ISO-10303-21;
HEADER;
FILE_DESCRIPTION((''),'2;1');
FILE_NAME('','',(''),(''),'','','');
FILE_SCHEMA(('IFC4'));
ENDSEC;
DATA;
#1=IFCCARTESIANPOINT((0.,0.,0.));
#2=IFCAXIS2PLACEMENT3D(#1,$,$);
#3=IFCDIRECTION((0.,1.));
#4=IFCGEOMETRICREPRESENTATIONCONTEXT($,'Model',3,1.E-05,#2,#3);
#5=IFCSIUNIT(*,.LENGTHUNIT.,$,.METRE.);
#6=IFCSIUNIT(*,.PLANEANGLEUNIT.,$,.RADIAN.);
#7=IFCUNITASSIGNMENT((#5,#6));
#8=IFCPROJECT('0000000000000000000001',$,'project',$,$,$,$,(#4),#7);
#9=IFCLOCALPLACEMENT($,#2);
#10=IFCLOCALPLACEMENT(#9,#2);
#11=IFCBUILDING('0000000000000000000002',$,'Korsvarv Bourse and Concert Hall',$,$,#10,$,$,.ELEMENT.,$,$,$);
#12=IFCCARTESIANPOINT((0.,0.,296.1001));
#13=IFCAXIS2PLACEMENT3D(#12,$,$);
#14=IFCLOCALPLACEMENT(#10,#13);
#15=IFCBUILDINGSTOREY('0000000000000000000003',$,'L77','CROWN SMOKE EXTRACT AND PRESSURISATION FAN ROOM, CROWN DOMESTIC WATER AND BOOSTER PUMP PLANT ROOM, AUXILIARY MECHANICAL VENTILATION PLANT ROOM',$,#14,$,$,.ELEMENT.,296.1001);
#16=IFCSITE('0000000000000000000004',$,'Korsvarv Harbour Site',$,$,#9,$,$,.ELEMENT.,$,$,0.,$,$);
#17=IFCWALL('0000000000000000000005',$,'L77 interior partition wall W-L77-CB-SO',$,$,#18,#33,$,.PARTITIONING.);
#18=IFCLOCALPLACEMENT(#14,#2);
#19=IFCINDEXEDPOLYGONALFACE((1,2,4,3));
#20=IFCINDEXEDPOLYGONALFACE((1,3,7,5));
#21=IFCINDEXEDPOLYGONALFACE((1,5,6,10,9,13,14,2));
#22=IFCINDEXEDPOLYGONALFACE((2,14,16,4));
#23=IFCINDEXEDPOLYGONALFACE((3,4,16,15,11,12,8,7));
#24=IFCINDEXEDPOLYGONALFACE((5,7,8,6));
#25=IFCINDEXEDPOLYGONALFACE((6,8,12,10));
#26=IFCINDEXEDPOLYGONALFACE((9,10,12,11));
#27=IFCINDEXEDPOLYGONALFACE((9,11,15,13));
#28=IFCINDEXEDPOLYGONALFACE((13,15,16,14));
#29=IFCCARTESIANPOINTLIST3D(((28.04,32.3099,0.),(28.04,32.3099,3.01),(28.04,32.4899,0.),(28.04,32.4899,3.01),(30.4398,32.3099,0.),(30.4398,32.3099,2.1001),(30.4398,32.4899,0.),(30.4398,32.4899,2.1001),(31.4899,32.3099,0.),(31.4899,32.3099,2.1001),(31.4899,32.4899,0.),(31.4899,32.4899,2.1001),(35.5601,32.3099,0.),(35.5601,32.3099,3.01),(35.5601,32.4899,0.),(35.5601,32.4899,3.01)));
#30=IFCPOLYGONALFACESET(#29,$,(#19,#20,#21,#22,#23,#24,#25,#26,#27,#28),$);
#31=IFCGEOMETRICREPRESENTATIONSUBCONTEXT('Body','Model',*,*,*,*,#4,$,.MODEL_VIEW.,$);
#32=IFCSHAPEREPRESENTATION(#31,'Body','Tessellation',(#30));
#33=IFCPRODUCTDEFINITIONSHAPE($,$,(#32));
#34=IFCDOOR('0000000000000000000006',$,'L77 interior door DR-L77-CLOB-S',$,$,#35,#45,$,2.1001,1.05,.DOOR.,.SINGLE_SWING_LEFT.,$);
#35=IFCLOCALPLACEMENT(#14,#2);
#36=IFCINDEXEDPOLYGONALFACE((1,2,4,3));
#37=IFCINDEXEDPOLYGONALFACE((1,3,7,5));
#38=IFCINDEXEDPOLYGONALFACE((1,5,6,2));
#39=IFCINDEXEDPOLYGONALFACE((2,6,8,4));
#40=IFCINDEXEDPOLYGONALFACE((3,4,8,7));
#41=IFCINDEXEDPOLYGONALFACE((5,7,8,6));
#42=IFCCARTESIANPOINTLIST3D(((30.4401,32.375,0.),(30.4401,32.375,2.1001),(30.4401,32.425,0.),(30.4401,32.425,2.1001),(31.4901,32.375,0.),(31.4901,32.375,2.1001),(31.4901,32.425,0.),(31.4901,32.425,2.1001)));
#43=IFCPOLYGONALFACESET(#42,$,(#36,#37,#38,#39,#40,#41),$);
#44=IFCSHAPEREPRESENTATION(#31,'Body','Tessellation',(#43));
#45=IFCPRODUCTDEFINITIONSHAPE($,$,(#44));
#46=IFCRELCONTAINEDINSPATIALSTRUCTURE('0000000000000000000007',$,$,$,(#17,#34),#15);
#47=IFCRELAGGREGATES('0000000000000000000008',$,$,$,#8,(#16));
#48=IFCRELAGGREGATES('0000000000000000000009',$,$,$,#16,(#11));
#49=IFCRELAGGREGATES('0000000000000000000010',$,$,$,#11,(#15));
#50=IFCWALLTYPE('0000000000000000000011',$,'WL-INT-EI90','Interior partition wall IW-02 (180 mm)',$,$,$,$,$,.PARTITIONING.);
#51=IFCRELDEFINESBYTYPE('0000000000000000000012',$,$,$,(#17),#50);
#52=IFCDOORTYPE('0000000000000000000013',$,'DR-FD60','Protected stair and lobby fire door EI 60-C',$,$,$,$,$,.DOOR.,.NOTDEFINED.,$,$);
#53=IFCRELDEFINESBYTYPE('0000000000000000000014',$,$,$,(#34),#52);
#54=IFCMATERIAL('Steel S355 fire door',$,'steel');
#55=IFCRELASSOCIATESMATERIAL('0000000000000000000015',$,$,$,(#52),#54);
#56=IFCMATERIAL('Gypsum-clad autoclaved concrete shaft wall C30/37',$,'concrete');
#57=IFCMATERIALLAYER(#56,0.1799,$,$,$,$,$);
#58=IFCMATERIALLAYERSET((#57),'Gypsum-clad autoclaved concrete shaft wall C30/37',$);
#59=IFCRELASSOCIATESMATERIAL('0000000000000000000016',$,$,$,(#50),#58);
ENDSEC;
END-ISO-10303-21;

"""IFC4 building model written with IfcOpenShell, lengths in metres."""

from ifc_helpers import new_model, si_unit, direction, frame, frame_2d, origin, place, context, subcontext, project, spatial, rectangle, extrude, material, layer, layer_set, type_object, element, fill, save


model = new_model("IFC4")

# Units and contexts
model_context = context("Model", 3, precision=1e-05, world=origin(), true_north=direction((0.0, 1.0)))
body_context = subcontext(model_context, "Body", "Model", "MODEL_VIEW")
ifc_project = project(units=[si_unit("LENGTHUNIT", "METRE"), si_unit("PLANEANGLEUNIT", "RADIAN")], contexts=[model_context])

# Site, building, storey
site_placement = place(None, origin())
site = spatial("IfcSite", under=ifc_project, at=site_placement, Name="Korsvarv Harbour Site", CompositionType="ELEMENT", RefElevation=0.0)
building_placement = place(site_placement, origin())
building = spatial("IfcBuilding", under=site, at=building_placement, Name="Korsvarv Bourse and Concert Hall", CompositionType="ELEMENT")
storey_placement = place(building_placement, frame((0.0, 0.0, 296.1001)))
storey = spatial("IfcBuildingStorey", under=building, at=storey_placement, Name="L77", Description="CROWN SMOKE EXTRACT AND PRESSURISATION FAN ROOM, CROWN DOMESTIC WATER AND BOOSTER PUMP PLANT ROOM, AUXILIARY MECHANICAL VENTILATION PLANT ROOM", CompositionType="ELEMENT", Elevation=296.1001)

# Shared definitions
ifc_material_1 = material(Name="Steel S355 fire door", Category="steel")
door_type_1 = type_object("IfcDoorType", Name="DR-FD60", Description="Protected stair and lobby fire door EI 60-C", OperationType="NOTDEFINED", PredefinedType="DOOR", material=ifc_material_1)

# Wall, opening, door
ifc_material_2 = material(Name="Gypsum-clad autoclaved concrete shaft wall C30/37", Category="concrete")
ifc_layer_1 = layer(ifc_material_2, 0.1799)
ifc_layer_set_1 = layer_set([ifc_layer_1], Name="Gypsum-clad autoclaved concrete shaft wall C30/37")
wall_type_1 = type_object("IfcWallType", Name="WL-INT-EI90", Description="Interior partition wall IW-02 (180 mm)", PredefinedType="PARTITIONING", material=ifc_layer_set_1)
wall_1_placement = place(storey_placement, frame((28.04, 32.3999, 0.0), z_axis=(0.0, 0.0, 1.0), x_axis=(1.0, 0.0, 0.0)))
wall_1 = element("IfcWall", 1, at=wall_1_placement, inside=storey, type_object=wall_type_1, Name="L77 interior partition wall W-L77-CB-SO", PredefinedType="PARTITIONING", context=body_context, shape_type="SweptSolid", body=[
    extrude(rectangle(XDim=7.52, YDim=0.1799, at=frame_2d((3.76, 0.0))), origin(), (0.0, 0.0, 1.0), 3.01),
])
opening_1_placement = place(wall_1_placement, frame((2.3999, 0.0, 0.0)))
opening_1 = element("IfcOpeningElement", 2, at=opening_1_placement, cuts=wall_1, PredefinedType="OPENING", context=body_context, shape_type="SweptSolid", body=[
    extrude(rectangle(XDim=1.05, YDim=2.1001, at=frame_2d((0.5249, 1.05))), frame((0.0, 0.1001, 0.0), z_axis=(0.0, -1.0, 0.0), x_axis=(1.0, 0.0, 0.0)), (0.0, 0.0, 1.0), 0.2),
])
door_1_placement = place(opening_1_placement, frame((1.05, 0.0, 0.0), z_axis=(0.0, 0.0, 1.0), x_axis=(-1.0, 0.0, 0.0)))
door_1 = element("IfcDoor", 3, at=door_1_placement, inside=storey, type_object=door_type_1, Name="L77 interior door DR-L77-CLOB-S", OperationType="SINGLE_SWING_LEFT", OverallHeight=2.1001, OverallWidth=1.05, PredefinedType="DOOR", context=body_context, shape_type="SweptSolid", body=[
    extrude(rectangle(XDim=1.05, YDim=2.1001, at=frame_2d((0.5249, 1.05))), frame((0.0, 0.0249, 0.0), z_axis=(0.0, -1.0, 0.0), x_axis=(1.0, 0.0, 0.0)), (0.0, 0.0, 1.0), 0.05),
])
fill(opening_1, door_1)

save(model, "model.ifc")
